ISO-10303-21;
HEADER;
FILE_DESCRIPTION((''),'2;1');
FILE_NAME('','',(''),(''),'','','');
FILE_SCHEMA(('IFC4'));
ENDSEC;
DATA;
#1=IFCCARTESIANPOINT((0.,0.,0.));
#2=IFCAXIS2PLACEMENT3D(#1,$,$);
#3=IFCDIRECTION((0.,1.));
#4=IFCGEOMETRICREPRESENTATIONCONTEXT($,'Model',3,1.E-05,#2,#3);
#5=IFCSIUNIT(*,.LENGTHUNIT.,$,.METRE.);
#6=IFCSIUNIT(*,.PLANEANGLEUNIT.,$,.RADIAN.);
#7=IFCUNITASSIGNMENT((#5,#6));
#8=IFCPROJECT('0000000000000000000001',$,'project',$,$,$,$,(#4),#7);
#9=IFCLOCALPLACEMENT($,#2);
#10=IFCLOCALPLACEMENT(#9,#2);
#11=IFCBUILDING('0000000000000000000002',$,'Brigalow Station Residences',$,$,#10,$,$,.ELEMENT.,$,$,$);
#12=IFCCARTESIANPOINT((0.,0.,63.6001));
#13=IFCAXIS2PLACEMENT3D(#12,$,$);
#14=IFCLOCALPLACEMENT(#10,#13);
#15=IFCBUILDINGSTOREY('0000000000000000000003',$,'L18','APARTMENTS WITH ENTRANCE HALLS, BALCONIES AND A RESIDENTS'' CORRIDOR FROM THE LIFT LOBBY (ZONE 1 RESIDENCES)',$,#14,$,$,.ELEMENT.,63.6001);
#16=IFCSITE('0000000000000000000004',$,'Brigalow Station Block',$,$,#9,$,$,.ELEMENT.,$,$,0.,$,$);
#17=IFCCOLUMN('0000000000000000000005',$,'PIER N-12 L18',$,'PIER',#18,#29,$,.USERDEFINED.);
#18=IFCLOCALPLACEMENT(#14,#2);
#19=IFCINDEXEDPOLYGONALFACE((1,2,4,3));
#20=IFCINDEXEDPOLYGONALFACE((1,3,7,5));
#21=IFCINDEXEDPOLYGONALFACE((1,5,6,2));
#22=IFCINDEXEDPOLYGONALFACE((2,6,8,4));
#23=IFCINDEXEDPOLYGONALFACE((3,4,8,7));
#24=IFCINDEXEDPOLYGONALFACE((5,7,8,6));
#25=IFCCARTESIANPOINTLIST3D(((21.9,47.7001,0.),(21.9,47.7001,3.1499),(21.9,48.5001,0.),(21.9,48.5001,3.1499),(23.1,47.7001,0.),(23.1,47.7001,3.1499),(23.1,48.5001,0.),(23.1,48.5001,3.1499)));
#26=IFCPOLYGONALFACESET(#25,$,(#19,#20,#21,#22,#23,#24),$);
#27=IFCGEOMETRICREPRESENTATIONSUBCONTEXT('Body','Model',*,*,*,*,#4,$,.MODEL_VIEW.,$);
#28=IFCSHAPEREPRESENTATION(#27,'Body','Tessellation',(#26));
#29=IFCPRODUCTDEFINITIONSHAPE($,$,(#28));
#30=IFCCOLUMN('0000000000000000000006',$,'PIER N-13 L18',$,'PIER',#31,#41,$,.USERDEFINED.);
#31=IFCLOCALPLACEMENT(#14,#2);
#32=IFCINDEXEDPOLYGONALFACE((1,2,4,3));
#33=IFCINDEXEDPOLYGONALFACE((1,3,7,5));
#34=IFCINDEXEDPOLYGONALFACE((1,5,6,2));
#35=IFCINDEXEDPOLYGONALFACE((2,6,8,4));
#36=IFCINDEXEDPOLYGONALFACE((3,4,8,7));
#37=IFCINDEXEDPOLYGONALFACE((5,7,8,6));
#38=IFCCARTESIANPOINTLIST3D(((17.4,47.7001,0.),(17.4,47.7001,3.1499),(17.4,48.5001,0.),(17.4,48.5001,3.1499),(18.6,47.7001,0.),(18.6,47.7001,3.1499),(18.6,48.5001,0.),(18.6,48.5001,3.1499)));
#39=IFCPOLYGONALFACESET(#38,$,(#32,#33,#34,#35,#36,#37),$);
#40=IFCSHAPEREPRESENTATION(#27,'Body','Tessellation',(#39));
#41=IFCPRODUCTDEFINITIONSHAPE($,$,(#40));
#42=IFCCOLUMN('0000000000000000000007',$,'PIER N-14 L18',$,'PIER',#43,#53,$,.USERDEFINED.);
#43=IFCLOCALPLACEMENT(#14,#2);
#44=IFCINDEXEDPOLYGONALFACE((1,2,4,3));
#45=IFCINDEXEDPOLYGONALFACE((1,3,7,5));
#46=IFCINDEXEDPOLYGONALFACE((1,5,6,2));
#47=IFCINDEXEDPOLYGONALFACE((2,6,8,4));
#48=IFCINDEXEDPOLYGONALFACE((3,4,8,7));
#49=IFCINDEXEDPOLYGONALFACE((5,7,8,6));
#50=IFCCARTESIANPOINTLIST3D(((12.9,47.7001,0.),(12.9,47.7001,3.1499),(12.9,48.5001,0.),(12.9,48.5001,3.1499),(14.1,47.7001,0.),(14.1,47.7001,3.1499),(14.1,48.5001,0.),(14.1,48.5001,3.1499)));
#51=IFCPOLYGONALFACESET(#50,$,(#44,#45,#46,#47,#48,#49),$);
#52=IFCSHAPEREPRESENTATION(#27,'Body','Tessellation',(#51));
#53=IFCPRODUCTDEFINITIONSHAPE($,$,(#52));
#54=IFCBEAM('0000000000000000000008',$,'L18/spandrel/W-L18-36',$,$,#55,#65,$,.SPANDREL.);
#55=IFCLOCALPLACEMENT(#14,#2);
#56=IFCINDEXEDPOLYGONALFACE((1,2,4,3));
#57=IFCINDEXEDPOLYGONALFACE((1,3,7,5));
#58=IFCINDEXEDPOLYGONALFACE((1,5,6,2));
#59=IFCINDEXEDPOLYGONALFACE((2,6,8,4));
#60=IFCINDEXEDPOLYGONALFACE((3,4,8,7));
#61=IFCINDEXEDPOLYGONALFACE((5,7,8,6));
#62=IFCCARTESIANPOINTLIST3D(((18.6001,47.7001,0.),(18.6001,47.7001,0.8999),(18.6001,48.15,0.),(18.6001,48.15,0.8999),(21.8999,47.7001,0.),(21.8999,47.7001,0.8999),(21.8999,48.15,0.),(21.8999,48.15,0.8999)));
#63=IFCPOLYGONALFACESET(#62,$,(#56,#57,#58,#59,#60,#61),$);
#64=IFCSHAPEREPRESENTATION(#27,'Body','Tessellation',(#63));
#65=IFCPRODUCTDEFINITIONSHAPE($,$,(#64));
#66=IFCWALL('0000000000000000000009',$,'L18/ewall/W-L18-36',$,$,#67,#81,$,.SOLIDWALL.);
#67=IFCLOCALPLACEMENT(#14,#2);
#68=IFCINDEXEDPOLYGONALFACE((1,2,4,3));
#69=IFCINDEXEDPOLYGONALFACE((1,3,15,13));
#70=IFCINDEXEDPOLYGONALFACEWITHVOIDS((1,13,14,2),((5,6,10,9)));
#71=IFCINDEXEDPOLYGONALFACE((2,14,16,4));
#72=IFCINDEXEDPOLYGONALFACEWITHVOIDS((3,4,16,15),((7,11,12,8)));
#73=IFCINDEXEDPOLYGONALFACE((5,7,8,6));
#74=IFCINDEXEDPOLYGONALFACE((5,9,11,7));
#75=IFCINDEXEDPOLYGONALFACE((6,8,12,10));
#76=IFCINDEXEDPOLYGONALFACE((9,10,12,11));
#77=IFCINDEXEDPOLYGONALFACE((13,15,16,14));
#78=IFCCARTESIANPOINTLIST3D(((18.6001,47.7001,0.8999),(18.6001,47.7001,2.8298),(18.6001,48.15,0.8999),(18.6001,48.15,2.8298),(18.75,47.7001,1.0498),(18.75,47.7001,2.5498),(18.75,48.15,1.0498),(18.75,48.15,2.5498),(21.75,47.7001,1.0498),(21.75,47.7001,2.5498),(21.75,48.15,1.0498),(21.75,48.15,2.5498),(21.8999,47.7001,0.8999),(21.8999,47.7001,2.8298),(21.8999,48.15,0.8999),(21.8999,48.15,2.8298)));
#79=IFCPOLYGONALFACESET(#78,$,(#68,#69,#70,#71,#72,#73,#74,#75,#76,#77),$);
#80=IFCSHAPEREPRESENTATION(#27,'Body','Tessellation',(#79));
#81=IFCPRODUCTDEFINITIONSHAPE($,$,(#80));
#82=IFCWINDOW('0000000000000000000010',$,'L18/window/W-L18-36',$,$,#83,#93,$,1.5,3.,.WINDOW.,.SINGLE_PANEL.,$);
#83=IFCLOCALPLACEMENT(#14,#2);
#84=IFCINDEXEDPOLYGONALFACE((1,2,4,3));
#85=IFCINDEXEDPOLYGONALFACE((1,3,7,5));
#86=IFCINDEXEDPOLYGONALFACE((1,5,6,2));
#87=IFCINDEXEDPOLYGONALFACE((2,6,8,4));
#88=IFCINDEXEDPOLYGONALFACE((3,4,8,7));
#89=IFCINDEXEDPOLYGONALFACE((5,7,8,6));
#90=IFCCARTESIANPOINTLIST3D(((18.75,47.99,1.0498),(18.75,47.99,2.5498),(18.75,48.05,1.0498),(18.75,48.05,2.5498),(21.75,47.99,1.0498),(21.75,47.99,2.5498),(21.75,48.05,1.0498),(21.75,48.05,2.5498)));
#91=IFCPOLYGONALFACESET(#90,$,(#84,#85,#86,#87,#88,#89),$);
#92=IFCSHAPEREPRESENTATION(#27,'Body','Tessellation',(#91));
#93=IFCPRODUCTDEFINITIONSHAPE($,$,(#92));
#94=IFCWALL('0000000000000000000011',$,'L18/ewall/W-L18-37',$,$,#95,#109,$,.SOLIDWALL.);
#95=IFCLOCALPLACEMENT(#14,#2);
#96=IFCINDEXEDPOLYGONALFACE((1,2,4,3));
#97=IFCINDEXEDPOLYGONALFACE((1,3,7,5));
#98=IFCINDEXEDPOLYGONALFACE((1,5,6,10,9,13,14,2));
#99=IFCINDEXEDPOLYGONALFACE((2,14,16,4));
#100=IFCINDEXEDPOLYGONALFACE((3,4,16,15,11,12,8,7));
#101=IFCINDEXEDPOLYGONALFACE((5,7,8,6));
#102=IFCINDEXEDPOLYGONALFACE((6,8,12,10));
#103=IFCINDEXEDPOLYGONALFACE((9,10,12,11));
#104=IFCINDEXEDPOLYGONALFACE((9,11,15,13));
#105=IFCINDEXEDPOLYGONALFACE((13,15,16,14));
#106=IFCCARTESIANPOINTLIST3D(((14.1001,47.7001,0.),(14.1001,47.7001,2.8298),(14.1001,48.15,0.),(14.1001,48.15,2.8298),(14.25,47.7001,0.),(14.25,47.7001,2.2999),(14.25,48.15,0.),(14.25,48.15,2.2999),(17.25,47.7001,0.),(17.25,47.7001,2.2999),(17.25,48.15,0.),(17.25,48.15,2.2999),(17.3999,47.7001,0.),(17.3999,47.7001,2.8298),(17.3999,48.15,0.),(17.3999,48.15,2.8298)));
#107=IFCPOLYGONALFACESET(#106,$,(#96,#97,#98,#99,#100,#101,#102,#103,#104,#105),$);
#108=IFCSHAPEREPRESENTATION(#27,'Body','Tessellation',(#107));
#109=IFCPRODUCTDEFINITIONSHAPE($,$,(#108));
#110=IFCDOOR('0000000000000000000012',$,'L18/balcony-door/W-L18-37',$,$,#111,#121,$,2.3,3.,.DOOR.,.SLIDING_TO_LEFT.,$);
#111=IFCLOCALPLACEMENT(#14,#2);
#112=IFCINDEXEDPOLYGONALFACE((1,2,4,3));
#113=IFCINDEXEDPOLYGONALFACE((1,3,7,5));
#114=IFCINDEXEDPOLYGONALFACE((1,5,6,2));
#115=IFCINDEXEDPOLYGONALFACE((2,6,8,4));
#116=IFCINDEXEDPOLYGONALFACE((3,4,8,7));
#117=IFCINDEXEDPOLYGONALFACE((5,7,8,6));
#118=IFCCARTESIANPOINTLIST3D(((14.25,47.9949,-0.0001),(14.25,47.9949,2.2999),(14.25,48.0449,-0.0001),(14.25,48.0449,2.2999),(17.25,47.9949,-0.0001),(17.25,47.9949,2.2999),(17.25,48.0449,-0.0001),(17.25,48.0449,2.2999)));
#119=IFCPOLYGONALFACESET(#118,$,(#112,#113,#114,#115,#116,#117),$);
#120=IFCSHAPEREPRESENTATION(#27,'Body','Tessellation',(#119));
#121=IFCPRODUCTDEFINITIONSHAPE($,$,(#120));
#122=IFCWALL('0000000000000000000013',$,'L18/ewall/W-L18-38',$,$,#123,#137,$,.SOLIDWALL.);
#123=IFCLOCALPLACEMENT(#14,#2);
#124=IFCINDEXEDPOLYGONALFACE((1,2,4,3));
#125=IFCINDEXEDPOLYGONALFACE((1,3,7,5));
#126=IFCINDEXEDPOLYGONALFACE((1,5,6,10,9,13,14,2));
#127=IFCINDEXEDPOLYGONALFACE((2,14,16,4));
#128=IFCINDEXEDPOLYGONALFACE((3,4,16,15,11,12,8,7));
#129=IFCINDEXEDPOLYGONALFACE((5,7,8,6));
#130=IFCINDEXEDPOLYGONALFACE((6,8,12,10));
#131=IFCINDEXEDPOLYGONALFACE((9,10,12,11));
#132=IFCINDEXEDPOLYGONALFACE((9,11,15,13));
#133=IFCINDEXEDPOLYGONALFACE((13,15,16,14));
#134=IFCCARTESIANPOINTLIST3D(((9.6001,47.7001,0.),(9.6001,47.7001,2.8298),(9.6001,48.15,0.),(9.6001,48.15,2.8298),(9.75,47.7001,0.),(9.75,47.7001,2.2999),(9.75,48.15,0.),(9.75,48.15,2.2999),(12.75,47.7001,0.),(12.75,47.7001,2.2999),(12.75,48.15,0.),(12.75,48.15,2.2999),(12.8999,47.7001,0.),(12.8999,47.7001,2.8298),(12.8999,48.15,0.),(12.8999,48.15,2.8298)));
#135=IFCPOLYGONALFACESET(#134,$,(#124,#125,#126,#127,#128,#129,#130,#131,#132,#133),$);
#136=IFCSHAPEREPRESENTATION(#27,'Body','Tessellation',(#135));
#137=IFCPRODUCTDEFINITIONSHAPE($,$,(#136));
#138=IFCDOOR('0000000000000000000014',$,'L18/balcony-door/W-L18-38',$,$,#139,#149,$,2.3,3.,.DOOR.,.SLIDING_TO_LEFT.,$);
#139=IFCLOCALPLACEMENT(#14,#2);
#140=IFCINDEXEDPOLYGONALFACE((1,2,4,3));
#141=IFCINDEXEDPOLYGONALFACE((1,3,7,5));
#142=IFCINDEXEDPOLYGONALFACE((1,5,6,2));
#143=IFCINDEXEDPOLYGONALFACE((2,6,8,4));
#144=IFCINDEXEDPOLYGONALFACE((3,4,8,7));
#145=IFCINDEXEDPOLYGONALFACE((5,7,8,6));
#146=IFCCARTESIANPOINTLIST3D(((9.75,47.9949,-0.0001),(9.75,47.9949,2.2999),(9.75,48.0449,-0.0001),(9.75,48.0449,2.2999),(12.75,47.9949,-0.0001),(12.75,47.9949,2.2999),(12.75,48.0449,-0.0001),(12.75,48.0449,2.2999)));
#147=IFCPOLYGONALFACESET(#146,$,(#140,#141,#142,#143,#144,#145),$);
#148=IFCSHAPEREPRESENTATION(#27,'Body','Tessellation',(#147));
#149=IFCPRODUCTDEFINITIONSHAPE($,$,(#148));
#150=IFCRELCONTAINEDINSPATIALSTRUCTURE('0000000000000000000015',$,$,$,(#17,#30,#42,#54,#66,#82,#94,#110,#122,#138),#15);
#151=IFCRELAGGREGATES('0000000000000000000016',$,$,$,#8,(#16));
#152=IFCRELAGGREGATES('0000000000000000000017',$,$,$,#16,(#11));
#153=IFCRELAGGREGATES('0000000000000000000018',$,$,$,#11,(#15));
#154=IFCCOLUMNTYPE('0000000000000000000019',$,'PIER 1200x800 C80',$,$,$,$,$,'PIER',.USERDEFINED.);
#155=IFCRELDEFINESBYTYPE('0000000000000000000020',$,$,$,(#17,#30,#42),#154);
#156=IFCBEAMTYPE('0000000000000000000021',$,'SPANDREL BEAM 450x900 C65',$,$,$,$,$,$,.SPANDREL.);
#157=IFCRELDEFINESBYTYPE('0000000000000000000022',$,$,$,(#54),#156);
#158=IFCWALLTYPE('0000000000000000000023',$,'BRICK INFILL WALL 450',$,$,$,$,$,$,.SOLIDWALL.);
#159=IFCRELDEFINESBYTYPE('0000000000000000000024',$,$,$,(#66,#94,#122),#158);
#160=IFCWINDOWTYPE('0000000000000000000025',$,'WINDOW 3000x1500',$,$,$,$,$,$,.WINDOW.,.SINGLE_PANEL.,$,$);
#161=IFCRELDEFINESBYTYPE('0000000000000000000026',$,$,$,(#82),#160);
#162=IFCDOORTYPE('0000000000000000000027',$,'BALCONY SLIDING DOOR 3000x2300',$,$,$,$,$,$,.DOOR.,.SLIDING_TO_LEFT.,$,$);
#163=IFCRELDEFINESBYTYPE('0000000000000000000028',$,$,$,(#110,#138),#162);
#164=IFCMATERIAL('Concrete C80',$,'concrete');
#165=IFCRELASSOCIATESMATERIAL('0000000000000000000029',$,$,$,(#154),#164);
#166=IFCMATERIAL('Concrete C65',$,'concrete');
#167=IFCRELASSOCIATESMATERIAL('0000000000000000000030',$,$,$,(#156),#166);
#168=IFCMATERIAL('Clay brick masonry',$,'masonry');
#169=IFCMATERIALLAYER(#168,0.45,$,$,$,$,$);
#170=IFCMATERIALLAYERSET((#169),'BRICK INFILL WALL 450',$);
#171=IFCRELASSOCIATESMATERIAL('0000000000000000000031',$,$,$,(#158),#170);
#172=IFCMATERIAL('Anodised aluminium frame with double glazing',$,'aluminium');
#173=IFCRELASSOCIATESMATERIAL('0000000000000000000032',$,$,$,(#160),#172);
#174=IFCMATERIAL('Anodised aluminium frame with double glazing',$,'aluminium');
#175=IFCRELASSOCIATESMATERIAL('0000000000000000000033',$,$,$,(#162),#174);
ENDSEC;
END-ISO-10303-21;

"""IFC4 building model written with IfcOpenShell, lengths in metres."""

from ifc_helpers import new_model, si_unit, direction, frame, frame_2d, origin, origin_2d, place, context, subcontext, project, spatial, rectangle, extrude, material, layer, layer_set, material_profile, profile_set, type_object, element, fill, save


model = new_model("IFC4")

# Units and contexts
model_context = context("Model", 3, precision=1e-05, world=origin(), true_north=direction((0.0, 1.0)))
body_context = subcontext(model_context, "Body", "Model", "MODEL_VIEW")
ifc_project = project(units=[si_unit("LENGTHUNIT", "METRE"), si_unit("PLANEANGLEUNIT", "RADIAN")], contexts=[model_context])

# Site, building, storey
site_placement = place(None, origin())
site = spatial("IfcSite", under=ifc_project, at=site_placement, Name="Brigalow Station Block", CompositionType="ELEMENT", RefElevation=0.0)
building_placement = place(site_placement, origin())
building = spatial("IfcBuilding", under=site, at=building_placement, Name="Brigalow Station Residences", CompositionType="ELEMENT")
storey_placement = place(building_placement, frame((0.0, 0.0, 63.6001)))
storey = spatial("IfcBuildingStorey", under=building, at=storey_placement, Name="L18", Description="APARTMENTS WITH ENTRANCE HALLS, BALCONIES AND A RESIDENTS' CORRIDOR FROM THE LIFT LOBBY (ZONE 1 RESIDENCES)", CompositionType="ELEMENT", Elevation=63.6001)

# Columns
ifc_material_1 = material(Name="Concrete C80", Category="concrete")
ifc_material_profile_1 = material_profile(ifc_material_1, rectangle(XDim=1.2, YDim=0.8, at=origin_2d()), Name="RC1200x800")
ifc_profile_set_1 = profile_set([ifc_material_profile_1], Name="Concrete C80")
column_type = type_object("IfcColumnType", Name="PIER 1200x800 C80", ElementType="PIER", PredefinedType="USERDEFINED", material=ifc_profile_set_1)
for number, where, z_axis, x_axis, name in (
    (1, (22.5, 48.1001, 0.0), (0.0, 0.0, 1.0), (-1.0, 0.0, 0.0), "PIER N-12 L18"),
    (2, (18.0, 48.1001, 0.0), (0.0, 0.0, 1.0), (-1.0, 0.0, 0.0), "PIER N-13 L18"),
    (3, (13.5, 48.1001, 0.0), (0.0, 0.0, 1.0), (-1.0, 0.0, 0.0), "PIER N-14 L18"),
):
    element("IfcColumn", number, at=place(storey_placement, frame(where, z_axis=z_axis, x_axis=x_axis)), inside=storey, type_object=column_type, Name=name, ObjectType="PIER", PredefinedType="USERDEFINED", context=body_context, shape_type="SweptSolid", body=[
        extrude(rectangle(XDim=1.2, YDim=0.8, at=origin_2d()), origin(), (0.0, 0.0, 1.0), 3.1499),
    ])

# Beam
ifc_material_2 = material(Name="Concrete C65", Category="concrete")
ifc_material_profile_2 = material_profile(ifc_material_2, rectangle(XDim=0.45, YDim=0.8999, at=origin_2d()), Name="RC450x900")
ifc_profile_set_2 = profile_set([ifc_material_profile_2], Name="Concrete C65")
beam_type = type_object("IfcBeamType", Name="SPANDREL BEAM 450x900 C65", PredefinedType="SPANDREL", material=ifc_profile_set_2)
beam_placement = place(storey_placement, frame((21.8999, 47.925, 0.45), z_axis=(-1.0, 0.0, 0.0), x_axis=(0.0, -1.0, 0.0)))
element("IfcBeam", 4, at=beam_placement, inside=storey, type_object=beam_type, Name="L18/spandrel/W-L18-36", PredefinedType="SPANDREL", context=body_context, shape_type="SweptSolid", body=[
    extrude(rectangle(XDim=0.45, YDim=0.8999, at=origin_2d()), origin(), (0.0, 0.0, 1.0), 3.2998),
])

# Wall, opening, window
ifc_material_3 = material(Name="Clay brick masonry", Category="masonry")
ifc_layer_1 = layer(ifc_material_3, 0.45)
ifc_layer_set_1 = layer_set([ifc_layer_1], Name="BRICK INFILL WALL 450")
wall_type_1 = type_object("IfcWallType", Name="BRICK INFILL WALL 450", PredefinedType="SOLIDWALL", material=ifc_layer_set_1)
wall_1_placement = place(storey_placement, frame((21.8999, 47.925, 0.8999), z_axis=(0.0, 0.0, 1.0), x_axis=(-1.0, 0.0, 0.0)))
wall_1 = element("IfcWall", 5, at=wall_1_placement, inside=storey, type_object=wall_type_1, Name="L18/ewall/W-L18-36", PredefinedType="SOLIDWALL", context=body_context, shape_type="SweptSolid", body=[
    extrude(rectangle(XDim=3.2998, YDim=0.45, at=frame_2d((1.6499, 0.0))), origin(), (0.0, 0.0, 1.0), 1.9299),
])
opening_1_placement = place(wall_1_placement, frame((0.1499, 0.0, 0.1499)))
opening_1 = element("IfcOpeningElement", 6, at=opening_1_placement, cuts=wall_1, PredefinedType="OPENING", context=body_context, shape_type="SweptSolid", body=[
    extrude(rectangle(XDim=3.0, YDim=1.5, at=frame_2d((1.5, 0.75))), frame((0.0, 0.2349, 0.0), z_axis=(0.0, -1.0, 0.0), x_axis=(1.0, 0.0, 0.0)), (0.0, 0.0, 1.0), 0.47),
])
ifc_material_4 = material(Name="Anodised aluminium frame with double glazing", Category="aluminium")
window_type = type_object("IfcWindowType", Name="WINDOW 3000x1500", PartitioningType="SINGLE_PANEL", PredefinedType="WINDOW", material=ifc_material_4)
window_placement = place(opening_1_placement, origin())
window = element("IfcWindow", 7, at=window_placement, inside=storey, type_object=window_type, Name="L18/window/W-L18-36", OverallHeight=1.5, OverallWidth=3.0, PartitioningType="SINGLE_PANEL", PredefinedType="WINDOW", context=body_context, shape_type="SweptSolid", body=[
    extrude(rectangle(XDim=3.0, YDim=1.5, at=frame_2d((1.5, 0.75))), frame((0.0, -0.0649, 0.0), z_axis=(0.0, -1.0, 0.0), x_axis=(1.0, 0.0, 0.0)), (0.0, 0.0, 1.0), 0.0601),
])
fill(opening_1, window)

# Walls, openings, doors
wall_2_placement = place(storey_placement, frame((17.3999, 47.925, 0.0), z_axis=(0.0, 0.0, 1.0), x_axis=(-1.0, 0.0, 0.0)))
wall_2 = element("IfcWall", 8, at=wall_2_placement, inside=storey, type_object=wall_type_1, Name="L18/ewall/W-L18-37", PredefinedType="SOLIDWALL", context=body_context, shape_type="SweptSolid", body=[
    extrude(rectangle(XDim=3.2998, YDim=0.45, at=frame_2d((1.6499, 0.0))), origin(), (0.0, 0.0, 1.0), 2.8298),
])
opening_2_placement = place(wall_2_placement, frame((0.1499, 0.0, 0.0)))
opening_2 = element("IfcOpeningElement", 9, at=opening_2_placement, cuts=wall_2, PredefinedType="OPENING", context=body_context, shape_type="SweptSolid", body=[
    extrude(rectangle(XDim=3.0, YDim=2.3, at=frame_2d((1.5, 1.1499))), frame((0.0, 0.2349, 0.0), z_axis=(0.0, -1.0, 0.0), x_axis=(1.0, 0.0, 0.0)), (0.0, 0.0, 1.0), 0.47),
])
ifc_material_5 = material(Name="Anodised aluminium frame with double glazing", Category="aluminium")
door_type_1 = type_object("IfcDoorType", Name="BALCONY SLIDING DOOR 3000x2300", OperationType="SLIDING_TO_LEFT", PredefinedType="DOOR", material=ifc_material_5)
door_1_placement = place(opening_2_placement, origin())
door_1 = element("IfcDoor", 10, at=door_1_placement, inside=storey, type_object=door_type_1, Name="L18/balcony-door/W-L18-37", OperationType="SLIDING_TO_LEFT", OverallHeight=2.3, OverallWidth=3.0, PredefinedType="DOOR", context=body_context, shape_type="SweptSolid", body=[
    extrude(rectangle(XDim=3.0, YDim=2.3, at=frame_2d((1.5, 1.1499))), frame((0.0, -0.0698, 0.0), z_axis=(0.0, -1.0, 0.0), x_axis=(1.0, 0.0, 0.0)), (0.0, 0.0, 1.0), 0.05),
])
fill(opening_2, door_1)
wall_3_placement = place(storey_placement, frame((12.8999, 47.925, 0.0), z_axis=(0.0, 0.0, 1.0), x_axis=(-1.0, 0.0, 0.0)))
wall_3 = element("IfcWall", 11, at=wall_3_placement, inside=storey, type_object=wall_type_1, Name="L18/ewall/W-L18-38", PredefinedType="SOLIDWALL", context=body_context, shape_type="SweptSolid", body=[
    extrude(rectangle(XDim=3.2998, YDim=0.45, at=frame_2d((1.6499, 0.0))), origin(), (0.0, 0.0, 1.0), 2.8298),
])
opening_3_placement = place(wall_3_placement, frame((0.1499, 0.0, 0.0)))
opening_3 = element("IfcOpeningElement", 12, at=opening_3_placement, cuts=wall_3, PredefinedType="OPENING", context=body_context, shape_type="SweptSolid", body=[
    extrude(rectangle(XDim=3.0, YDim=2.3, at=frame_2d((1.5, 1.1499))), frame((0.0, 0.2349, 0.0), z_axis=(0.0, -1.0, 0.0), x_axis=(1.0, 0.0, 0.0)), (0.0, 0.0, 1.0), 0.47),
])
door_2_placement = place(opening_3_placement, origin())
door_2 = element("IfcDoor", 13, at=door_2_placement, inside=storey, type_object=door_type_1, Name="L18/balcony-door/W-L18-38", OperationType="SLIDING_TO_LEFT", OverallHeight=2.3, OverallWidth=3.0, PredefinedType="DOOR", context=body_context, shape_type="SweptSolid", body=[
    extrude(rectangle(XDim=3.0, YDim=2.3, at=frame_2d((1.5, 1.1499))), frame((0.0, -0.0698, 0.0), z_axis=(0.0, -1.0, 0.0), x_axis=(1.0, 0.0, 0.0)), (0.0, 0.0, 1.0), 0.05),
])
fill(opening_3, door_2)

save(model, "model.ifc")
